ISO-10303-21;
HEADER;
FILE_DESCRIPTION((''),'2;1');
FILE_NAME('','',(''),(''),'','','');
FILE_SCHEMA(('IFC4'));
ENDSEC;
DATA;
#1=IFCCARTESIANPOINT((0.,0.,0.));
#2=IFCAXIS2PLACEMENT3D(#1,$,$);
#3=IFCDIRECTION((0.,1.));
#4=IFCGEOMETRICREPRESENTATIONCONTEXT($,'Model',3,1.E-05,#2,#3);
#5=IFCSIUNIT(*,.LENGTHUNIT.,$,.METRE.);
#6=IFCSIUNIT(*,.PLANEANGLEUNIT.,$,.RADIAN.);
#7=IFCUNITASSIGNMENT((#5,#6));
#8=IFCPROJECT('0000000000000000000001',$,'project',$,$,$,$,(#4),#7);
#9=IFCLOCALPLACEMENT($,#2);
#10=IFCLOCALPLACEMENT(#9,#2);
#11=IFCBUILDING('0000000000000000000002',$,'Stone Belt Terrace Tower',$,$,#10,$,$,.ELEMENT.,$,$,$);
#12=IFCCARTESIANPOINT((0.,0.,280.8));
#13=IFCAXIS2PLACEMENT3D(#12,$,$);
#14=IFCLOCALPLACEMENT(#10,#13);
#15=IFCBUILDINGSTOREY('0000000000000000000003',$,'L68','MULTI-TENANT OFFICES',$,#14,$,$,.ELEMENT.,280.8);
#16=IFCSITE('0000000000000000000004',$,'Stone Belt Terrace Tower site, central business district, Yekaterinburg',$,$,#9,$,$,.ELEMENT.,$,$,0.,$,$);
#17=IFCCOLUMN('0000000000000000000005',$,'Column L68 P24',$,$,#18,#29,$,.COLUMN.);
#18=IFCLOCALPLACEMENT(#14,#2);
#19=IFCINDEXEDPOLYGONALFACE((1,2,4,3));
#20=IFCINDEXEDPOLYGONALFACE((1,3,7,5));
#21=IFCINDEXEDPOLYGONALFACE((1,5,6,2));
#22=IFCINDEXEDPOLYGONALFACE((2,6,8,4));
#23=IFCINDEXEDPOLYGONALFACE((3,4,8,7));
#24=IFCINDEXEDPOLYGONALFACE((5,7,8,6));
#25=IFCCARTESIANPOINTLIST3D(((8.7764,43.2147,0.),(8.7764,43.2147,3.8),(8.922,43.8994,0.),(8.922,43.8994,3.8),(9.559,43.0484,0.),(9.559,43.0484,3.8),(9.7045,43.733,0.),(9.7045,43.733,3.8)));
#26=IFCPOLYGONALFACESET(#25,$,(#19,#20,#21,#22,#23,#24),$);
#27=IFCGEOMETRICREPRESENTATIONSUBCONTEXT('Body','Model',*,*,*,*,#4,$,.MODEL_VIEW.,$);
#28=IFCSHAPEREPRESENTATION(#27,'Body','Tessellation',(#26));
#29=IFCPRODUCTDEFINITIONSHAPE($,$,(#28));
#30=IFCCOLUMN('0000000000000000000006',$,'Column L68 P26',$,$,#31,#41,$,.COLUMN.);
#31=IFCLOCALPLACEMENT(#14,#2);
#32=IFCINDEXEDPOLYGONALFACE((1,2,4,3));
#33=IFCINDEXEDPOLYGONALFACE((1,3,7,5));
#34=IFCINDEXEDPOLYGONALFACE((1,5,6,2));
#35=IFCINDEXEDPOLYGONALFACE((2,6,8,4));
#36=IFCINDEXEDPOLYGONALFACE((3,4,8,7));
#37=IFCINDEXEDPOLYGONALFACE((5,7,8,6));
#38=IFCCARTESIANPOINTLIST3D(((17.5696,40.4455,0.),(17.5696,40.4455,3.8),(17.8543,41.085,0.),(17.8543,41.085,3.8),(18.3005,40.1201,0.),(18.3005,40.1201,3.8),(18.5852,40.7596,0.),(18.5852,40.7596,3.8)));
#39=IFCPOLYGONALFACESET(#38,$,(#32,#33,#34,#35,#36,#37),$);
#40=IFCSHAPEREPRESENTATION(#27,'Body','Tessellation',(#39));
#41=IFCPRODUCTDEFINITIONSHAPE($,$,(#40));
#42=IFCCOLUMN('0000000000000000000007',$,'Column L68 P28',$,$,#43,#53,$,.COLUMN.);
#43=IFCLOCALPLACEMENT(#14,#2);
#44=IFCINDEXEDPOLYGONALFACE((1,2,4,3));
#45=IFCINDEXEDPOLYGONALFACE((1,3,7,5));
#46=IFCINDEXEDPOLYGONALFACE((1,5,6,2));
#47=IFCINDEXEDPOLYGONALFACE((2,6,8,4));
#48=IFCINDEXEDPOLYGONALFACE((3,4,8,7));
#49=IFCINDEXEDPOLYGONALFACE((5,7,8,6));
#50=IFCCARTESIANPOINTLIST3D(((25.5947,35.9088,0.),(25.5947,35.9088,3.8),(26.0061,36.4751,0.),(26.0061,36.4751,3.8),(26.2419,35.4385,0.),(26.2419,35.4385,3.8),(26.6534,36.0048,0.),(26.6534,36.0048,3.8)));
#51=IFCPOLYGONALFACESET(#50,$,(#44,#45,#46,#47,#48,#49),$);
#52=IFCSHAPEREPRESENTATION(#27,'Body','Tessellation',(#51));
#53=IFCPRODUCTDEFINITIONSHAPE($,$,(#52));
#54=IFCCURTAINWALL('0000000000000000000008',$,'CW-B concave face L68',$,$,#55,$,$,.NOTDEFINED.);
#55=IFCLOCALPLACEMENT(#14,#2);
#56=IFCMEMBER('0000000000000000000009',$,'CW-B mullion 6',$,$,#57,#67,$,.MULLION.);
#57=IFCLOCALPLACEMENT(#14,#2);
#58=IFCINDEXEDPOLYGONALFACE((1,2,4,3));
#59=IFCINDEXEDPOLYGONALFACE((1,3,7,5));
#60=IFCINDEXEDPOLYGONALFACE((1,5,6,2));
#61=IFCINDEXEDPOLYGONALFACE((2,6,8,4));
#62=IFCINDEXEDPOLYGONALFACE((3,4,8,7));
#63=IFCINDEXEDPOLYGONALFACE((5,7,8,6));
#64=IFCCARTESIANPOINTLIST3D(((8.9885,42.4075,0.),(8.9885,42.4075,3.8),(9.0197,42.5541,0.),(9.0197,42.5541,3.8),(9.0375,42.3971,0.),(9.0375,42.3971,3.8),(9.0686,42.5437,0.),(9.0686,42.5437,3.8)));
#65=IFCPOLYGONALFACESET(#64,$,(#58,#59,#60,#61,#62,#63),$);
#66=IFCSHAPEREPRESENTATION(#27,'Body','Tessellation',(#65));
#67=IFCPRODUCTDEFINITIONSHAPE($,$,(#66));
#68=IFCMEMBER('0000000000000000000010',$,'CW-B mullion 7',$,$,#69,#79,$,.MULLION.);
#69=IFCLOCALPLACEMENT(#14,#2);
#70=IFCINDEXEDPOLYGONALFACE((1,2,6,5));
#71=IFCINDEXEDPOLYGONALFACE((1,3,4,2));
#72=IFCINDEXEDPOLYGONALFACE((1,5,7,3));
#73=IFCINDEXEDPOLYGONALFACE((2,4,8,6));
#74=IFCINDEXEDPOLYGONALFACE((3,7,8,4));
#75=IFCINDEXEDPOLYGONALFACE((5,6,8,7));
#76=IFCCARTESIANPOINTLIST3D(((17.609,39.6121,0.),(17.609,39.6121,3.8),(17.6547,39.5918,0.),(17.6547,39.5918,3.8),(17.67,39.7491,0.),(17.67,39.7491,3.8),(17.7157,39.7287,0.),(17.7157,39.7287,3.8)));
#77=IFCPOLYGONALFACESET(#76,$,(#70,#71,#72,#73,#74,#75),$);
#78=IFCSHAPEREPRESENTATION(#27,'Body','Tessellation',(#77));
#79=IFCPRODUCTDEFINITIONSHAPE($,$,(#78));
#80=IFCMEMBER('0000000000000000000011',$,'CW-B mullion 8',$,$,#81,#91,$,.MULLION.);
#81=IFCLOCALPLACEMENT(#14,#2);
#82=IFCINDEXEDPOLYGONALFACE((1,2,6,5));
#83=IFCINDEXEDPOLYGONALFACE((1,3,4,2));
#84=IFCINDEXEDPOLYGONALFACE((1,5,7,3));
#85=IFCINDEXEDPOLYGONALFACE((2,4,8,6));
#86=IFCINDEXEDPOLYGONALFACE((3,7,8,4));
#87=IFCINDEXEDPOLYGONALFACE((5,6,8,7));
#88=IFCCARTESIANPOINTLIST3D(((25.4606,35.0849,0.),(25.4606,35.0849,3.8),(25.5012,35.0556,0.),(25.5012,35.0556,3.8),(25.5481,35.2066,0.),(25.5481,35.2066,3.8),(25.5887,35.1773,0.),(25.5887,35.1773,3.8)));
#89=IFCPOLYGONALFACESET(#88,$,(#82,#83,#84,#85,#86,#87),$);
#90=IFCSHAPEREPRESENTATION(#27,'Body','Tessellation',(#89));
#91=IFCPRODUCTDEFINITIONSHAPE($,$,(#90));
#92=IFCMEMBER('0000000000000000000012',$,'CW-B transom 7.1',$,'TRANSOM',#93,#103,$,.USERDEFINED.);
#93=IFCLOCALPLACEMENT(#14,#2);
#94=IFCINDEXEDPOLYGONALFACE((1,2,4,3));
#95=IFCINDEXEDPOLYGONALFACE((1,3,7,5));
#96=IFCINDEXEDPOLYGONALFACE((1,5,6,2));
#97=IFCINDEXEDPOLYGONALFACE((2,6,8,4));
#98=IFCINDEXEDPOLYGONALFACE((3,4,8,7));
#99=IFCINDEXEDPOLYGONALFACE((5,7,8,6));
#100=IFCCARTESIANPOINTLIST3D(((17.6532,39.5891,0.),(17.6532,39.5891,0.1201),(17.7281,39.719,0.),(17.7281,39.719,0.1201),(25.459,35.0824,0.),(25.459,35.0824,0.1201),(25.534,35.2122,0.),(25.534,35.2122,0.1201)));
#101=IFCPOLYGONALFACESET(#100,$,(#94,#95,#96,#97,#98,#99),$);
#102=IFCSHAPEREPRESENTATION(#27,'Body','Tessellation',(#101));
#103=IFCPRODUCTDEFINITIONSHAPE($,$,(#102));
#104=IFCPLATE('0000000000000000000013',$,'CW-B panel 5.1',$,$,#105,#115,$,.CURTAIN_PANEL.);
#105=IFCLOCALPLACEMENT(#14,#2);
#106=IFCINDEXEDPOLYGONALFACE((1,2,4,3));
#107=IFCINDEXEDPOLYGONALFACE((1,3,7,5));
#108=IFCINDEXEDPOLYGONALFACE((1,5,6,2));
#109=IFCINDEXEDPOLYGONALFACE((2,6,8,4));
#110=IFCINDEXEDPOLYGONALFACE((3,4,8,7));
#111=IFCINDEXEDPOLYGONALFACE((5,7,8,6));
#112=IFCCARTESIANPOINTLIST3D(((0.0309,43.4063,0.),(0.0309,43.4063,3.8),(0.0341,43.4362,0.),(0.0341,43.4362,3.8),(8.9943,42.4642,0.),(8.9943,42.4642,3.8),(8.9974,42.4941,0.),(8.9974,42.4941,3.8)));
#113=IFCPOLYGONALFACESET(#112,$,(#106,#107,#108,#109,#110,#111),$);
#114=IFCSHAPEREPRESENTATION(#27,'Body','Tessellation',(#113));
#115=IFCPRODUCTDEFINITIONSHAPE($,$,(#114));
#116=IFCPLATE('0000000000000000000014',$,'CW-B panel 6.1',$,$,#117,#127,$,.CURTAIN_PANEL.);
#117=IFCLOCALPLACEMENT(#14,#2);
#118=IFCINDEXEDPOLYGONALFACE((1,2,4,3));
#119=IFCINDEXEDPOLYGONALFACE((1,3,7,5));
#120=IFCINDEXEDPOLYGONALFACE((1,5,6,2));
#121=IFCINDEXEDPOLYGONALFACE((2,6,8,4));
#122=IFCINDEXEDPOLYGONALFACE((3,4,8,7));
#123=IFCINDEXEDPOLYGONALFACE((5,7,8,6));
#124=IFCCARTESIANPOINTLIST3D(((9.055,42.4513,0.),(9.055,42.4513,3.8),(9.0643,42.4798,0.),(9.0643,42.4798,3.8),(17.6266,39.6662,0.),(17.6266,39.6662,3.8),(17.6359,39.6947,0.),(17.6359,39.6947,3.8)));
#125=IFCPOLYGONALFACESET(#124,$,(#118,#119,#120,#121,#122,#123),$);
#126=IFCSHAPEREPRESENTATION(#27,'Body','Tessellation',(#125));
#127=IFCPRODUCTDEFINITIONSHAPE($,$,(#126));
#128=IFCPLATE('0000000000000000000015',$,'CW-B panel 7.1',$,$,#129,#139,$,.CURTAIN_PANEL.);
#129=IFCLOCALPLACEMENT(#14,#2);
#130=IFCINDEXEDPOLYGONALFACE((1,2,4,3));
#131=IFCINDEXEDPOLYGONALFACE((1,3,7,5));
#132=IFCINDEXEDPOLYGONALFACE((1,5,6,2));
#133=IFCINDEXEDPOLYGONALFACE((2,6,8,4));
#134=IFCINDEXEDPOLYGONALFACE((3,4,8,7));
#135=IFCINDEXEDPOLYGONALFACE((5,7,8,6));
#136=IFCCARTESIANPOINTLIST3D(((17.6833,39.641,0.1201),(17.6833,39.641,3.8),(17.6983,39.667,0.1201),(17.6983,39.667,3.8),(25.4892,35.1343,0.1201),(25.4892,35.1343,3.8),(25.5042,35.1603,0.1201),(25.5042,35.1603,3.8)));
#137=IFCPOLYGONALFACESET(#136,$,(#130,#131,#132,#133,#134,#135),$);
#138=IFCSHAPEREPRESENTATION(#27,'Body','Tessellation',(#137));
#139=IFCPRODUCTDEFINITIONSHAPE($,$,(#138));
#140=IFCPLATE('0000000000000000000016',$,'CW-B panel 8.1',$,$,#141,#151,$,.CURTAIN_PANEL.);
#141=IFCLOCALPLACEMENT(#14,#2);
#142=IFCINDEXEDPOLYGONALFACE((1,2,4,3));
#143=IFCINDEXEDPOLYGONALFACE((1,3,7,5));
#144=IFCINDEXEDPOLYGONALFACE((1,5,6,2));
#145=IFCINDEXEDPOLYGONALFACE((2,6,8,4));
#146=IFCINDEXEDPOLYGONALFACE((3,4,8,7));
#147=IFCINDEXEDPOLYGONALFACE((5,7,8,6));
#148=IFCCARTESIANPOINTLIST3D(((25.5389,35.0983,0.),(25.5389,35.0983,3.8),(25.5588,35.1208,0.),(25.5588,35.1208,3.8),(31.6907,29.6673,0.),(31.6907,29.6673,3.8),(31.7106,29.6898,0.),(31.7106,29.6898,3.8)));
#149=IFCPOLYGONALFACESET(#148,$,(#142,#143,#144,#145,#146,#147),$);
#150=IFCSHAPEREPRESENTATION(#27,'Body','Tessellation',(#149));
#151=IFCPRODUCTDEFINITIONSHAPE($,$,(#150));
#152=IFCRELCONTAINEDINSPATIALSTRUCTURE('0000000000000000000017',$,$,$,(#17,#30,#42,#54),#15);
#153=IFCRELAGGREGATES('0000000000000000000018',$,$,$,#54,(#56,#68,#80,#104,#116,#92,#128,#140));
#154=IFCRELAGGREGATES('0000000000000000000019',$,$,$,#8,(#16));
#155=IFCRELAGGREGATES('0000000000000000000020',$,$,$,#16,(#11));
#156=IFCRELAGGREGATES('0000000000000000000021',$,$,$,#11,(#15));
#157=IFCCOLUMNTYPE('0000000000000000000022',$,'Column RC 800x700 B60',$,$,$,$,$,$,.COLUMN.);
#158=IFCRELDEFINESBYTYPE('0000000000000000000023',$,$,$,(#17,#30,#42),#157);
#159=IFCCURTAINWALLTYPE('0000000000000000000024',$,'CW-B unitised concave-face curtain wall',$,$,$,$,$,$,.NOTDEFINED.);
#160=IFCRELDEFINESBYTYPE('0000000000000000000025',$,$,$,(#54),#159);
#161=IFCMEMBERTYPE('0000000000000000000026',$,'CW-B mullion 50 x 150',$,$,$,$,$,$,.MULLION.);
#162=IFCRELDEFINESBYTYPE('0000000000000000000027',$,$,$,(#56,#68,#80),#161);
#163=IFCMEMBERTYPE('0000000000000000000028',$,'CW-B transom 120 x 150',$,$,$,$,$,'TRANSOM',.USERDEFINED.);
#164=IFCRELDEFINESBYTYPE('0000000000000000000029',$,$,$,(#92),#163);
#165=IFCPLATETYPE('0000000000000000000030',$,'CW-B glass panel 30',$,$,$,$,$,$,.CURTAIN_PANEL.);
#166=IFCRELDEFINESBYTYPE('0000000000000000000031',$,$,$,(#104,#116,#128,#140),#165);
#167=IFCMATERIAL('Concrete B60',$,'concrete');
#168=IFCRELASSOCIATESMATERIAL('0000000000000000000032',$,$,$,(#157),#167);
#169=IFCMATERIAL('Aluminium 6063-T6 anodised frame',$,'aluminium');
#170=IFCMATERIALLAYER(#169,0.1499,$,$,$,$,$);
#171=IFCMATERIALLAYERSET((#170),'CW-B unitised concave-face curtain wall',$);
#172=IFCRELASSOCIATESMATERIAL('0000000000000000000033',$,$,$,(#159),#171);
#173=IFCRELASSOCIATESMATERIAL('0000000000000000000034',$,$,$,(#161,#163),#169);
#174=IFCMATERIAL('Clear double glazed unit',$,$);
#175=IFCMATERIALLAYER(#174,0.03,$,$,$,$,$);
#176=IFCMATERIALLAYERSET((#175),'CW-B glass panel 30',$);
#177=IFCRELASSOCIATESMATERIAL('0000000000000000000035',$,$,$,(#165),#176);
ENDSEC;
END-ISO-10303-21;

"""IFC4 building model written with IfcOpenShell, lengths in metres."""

from ifc_helpers import new_model, si_unit, direction, frame, origin, origin_2d, place, context, subcontext, project, spatial, rectangle, extrude, material, layer, layer_set, material_profile, profile_set, type_object, element, aggregate, save


model = new_model("IFC4")

# Units and contexts
model_context = context("Model", 3, precision=1e-05, world=origin(), true_north=direction((0.0, 1.0)))
body_context = subcontext(model_context, "Body", "Model", "MODEL_VIEW")
ifc_project = project(units=[si_unit("LENGTHUNIT", "METRE"), si_unit("PLANEANGLEUNIT", "RADIAN")], contexts=[model_context])

# Site, building, storey
site_placement = place(None, origin())
site = spatial("IfcSite", under=ifc_project, at=site_placement, Name="Stone Belt Terrace Tower site, central business district, Yekaterinburg", CompositionType="ELEMENT", RefElevation=0.0)
building_placement = place(site_placement, origin())
building = spatial("IfcBuilding", under=site, at=building_placement, Name="Stone Belt Terrace Tower", CompositionType="ELEMENT")
storey_placement = place(building_placement, frame((0.0, 0.0, 280.8)))
storey = spatial("IfcBuildingStorey", under=building, at=storey_placement, Name="L68", Description="MULTI-TENANT OFFICES", CompositionType="ELEMENT", Elevation=280.8)

# Columns
ifc_material_1 = material(Name="Concrete B60", Category="concrete")
ifc_material_profile_1 = material_profile(ifc_material_1, rectangle(XDim=0.8, YDim=0.7, at=origin_2d()), Name="RC 800x700")
ifc_profile_set_1 = profile_set([ifc_material_profile_1], Name="Concrete B60")
column_type = type_object("IfcColumnType", Name="Column RC 800x700 B60", PredefinedType="COLUMN", material=ifc_profile_set_1)
for number, where, z_axis, x_axis, name in (
    (1, (9.2405, 43.4739, 0.0), (0.0, 0.0, 1.0), (0.978148, -0.207912, 0.0), "Column L68 P24"),
    (2, (18.0774, 40.6025, 0.0), (0.0, 0.0, 1.0), (0.913545, -0.406737, 0.0), "Column L68 P26"),
    (3, (26.124, 35.9568, 0.0), (0.0, 0.0, 1.0), (0.809017, -0.587785, 0.0), "Column L68 P28"),
):
    element("IfcColumn", number, at=place(storey_placement, frame(where, z_axis=z_axis, x_axis=x_axis)), inside=storey, type_object=column_type, Name=name, PredefinedType="COLUMN", context=body_context, shape_type="SweptSolid", body=[
        extrude(rectangle(XDim=0.8, YDim=0.7, at=origin_2d()), origin(), (0.0, 0.0, 1.0), 3.8),
    ])

# Curtain wall, members, plates
ifc_material_2 = material(Name="Aluminium 6063-T6 anodised frame", Category="aluminium")
ifc_layer_1 = layer(ifc_material_2, 0.1499)
ifc_layer_set_1 = layer_set([ifc_layer_1], Name="CW-B unitised concave-face curtain wall")
curtain_wall_type = type_object("IfcCurtainWallType", Name="CW-B unitised concave-face curtain wall", PredefinedType="NOTDEFINED", material=ifc_layer_set_1)
curtain_wall_placement = place(storey_placement, origin())
curtain_wall = element("IfcCurtainWall", 4, at=curtain_wall_placement, inside=storey, type_object=curtain_wall_type, Name="CW-B concave face L68", PredefinedType="NOTDEFINED")
ifc_material_profile_2 = material_profile(ifc_material_2, rectangle(XDim=0.1499, YDim=0.05, at=origin_2d()), Name="Aluminium 6063-T6 50x150")
ifc_profile_set_2 = profile_set([ifc_material_profile_2], Name="Aluminium 6063-T6 anodised frame")
member_type_1 = type_object("IfcMemberType", Name="CW-B mullion 50 x 150", PredefinedType="MULLION", material=ifc_profile_set_2)
member_1_placement = place(storey_placement, frame((9.0286, 42.4756, 0.0), z_axis=(0.0, 0.0, 1.0), x_axis=(0.207912, 0.978148, 0.0)))
member_1 = element("IfcMember", 5, at=member_1_placement, type_object=member_type_1, Name="CW-B mullion 6", PredefinedType="MULLION", context=body_context, shape_type="SweptSolid", body=[
    extrude(rectangle(XDim=0.1499, YDim=0.05, at=origin_2d()), origin(), (0.0, 0.0, 1.0), 3.8),
])
member_2_placement = place(storey_placement, frame((17.6624, 39.6704, 0.0), z_axis=(0.0, 0.0, 1.0), x_axis=(0.406737, 0.913545, 0.0)))
member_2 = element("IfcMember", 6, at=member_2_placement, type_object=member_type_1, Name="CW-B mullion 7", PredefinedType="MULLION", context=body_context, shape_type="SweptSolid", body=[
    extrude(rectangle(XDim=0.1499, YDim=0.05, at=origin_2d()), origin(), (0.0, 0.0, 1.0), 3.8),
])
member_3_placement = place(storey_placement, frame((25.5247, 35.1311, 0.0), z_axis=(0.0, 0.0, 1.0), x_axis=(0.583819, 0.811884, 0.0)))
member_3 = element("IfcMember", 7, at=member_3_placement, type_object=member_type_1, Name="CW-B mullion 8", PredefinedType="MULLION", context=body_context, shape_type="SweptSolid", body=[
    extrude(rectangle(XDim=0.1499, YDim=0.05, at=origin_2d()), origin(), (0.0, 0.0, 1.0), 3.8),
])
ifc_material_profile_3 = material_profile(ifc_material_2, rectangle(XDim=0.1499, YDim=0.1201, at=origin_2d()), Name="Aluminium 6063-T6 150x120")
ifc_profile_set_3 = profile_set([ifc_material_profile_3], Name="Aluminium 6063-T6 anodised frame")
member_type_2 = type_object("IfcMemberType", Name="CW-B transom 120 x 150", ElementType="TRANSOM", PredefinedType="USERDEFINED", material=ifc_profile_set_3)
member_4_placement = place(storey_placement, frame((17.6907, 39.6541, 0.0601), z_axis=(0.866021, -0.500008, 0.0), x_axis=(0.500008, 0.866021, 0.0)))
member_4 = element("IfcMember", 8, at=member_4_placement, type_object=member_type_2, Name="CW-B transom 7.1", ObjectType="TRANSOM", PredefinedType="USERDEFINED", context=body_context, shape_type="SweptSolid", body=[
    extrude(rectangle(XDim=0.1499, YDim=0.1201, at=origin_2d()), origin(), (0.0, 0.0, 1.0), 9.0134),
])
ifc_material_3 = material(Name="Clear double glazed unit")
ifc_layer_2 = layer(ifc_material_3, 0.03)
ifc_layer_set_2 = layer_set([ifc_layer_2], Name="CW-B glass panel 30")
plate_type = type_object("IfcPlateType", Name="CW-B glass panel 30", PredefinedType="CURTAIN_PANEL", material=ifc_layer_set_2)
plate_1_placement = place(storey_placement, frame((4.5142, 42.9502, 0.0), z_axis=(0.0, 0.0, 1.0), x_axis=(0.994522, -0.104528, 0.0)))
plate_1 = element("IfcPlate", 9, at=plate_1_placement, type_object=plate_type, Name="CW-B panel 5.1", PredefinedType="CURTAIN_PANEL", context=body_context, shape_type="SweptSolid", body=[
    extrude(rectangle(XDim=9.0127, YDim=0.03, at=origin_2d()), origin(), (0.0, 0.0, 1.0), 3.8),
])
plate_2_placement = place(storey_placement, frame((13.3455, 41.073, 0.0), z_axis=(0.0, 0.0, 1.0), x_axis=(0.951057, -0.309017, 0.0)))
plate_2 = element("IfcPlate", 10, at=plate_2_placement, type_object=plate_type, Name="CW-B panel 6.1", PredefinedType="CURTAIN_PANEL", context=body_context, shape_type="SweptSolid", body=[
    extrude(rectangle(XDim=9.0127, YDim=0.03, at=origin_2d()), origin(), (0.0, 0.0, 1.0), 3.8),
])
plate_3_placement = place(storey_placement, frame((21.5938, 37.4006, 0.1201), z_axis=(0.0, 0.0, 1.0), x_axis=(0.866025, -0.5, 0.0)))
plate_3 = element("IfcPlate", 11, at=plate_3_placement, type_object=plate_type, Name="CW-B panel 7.1", PredefinedType="CURTAIN_PANEL", context=body_context, shape_type="SweptSolid", body=[
    extrude(rectangle(XDim=9.0134, YDim=0.03, at=origin_2d()), origin(), (0.0, 0.0, 1.0), 3.6799),
])
plate_4_placement = place(storey_placement, frame((28.6248, 32.394, 0.0), z_axis=(0.0, 0.0, 1.0), x_axis=(0.749659, -0.661825, 0.0)))
plate_4 = element("IfcPlate", 12, at=plate_4_placement, type_object=plate_type, Name="CW-B panel 8.1", PredefinedType="CURTAIN_PANEL", context=body_context, shape_type="SweptSolid", body=[
    extrude(rectangle(XDim=8.2061, YDim=0.03, at=origin_2d()), origin(), (0.0, 0.0, 1.0), 3.8),
])
aggregate(curtain_wall, [member_1, member_2, member_3, plate_1, plate_2, member_4, plate_3, plate_4])

save(model, "model.ifc")
